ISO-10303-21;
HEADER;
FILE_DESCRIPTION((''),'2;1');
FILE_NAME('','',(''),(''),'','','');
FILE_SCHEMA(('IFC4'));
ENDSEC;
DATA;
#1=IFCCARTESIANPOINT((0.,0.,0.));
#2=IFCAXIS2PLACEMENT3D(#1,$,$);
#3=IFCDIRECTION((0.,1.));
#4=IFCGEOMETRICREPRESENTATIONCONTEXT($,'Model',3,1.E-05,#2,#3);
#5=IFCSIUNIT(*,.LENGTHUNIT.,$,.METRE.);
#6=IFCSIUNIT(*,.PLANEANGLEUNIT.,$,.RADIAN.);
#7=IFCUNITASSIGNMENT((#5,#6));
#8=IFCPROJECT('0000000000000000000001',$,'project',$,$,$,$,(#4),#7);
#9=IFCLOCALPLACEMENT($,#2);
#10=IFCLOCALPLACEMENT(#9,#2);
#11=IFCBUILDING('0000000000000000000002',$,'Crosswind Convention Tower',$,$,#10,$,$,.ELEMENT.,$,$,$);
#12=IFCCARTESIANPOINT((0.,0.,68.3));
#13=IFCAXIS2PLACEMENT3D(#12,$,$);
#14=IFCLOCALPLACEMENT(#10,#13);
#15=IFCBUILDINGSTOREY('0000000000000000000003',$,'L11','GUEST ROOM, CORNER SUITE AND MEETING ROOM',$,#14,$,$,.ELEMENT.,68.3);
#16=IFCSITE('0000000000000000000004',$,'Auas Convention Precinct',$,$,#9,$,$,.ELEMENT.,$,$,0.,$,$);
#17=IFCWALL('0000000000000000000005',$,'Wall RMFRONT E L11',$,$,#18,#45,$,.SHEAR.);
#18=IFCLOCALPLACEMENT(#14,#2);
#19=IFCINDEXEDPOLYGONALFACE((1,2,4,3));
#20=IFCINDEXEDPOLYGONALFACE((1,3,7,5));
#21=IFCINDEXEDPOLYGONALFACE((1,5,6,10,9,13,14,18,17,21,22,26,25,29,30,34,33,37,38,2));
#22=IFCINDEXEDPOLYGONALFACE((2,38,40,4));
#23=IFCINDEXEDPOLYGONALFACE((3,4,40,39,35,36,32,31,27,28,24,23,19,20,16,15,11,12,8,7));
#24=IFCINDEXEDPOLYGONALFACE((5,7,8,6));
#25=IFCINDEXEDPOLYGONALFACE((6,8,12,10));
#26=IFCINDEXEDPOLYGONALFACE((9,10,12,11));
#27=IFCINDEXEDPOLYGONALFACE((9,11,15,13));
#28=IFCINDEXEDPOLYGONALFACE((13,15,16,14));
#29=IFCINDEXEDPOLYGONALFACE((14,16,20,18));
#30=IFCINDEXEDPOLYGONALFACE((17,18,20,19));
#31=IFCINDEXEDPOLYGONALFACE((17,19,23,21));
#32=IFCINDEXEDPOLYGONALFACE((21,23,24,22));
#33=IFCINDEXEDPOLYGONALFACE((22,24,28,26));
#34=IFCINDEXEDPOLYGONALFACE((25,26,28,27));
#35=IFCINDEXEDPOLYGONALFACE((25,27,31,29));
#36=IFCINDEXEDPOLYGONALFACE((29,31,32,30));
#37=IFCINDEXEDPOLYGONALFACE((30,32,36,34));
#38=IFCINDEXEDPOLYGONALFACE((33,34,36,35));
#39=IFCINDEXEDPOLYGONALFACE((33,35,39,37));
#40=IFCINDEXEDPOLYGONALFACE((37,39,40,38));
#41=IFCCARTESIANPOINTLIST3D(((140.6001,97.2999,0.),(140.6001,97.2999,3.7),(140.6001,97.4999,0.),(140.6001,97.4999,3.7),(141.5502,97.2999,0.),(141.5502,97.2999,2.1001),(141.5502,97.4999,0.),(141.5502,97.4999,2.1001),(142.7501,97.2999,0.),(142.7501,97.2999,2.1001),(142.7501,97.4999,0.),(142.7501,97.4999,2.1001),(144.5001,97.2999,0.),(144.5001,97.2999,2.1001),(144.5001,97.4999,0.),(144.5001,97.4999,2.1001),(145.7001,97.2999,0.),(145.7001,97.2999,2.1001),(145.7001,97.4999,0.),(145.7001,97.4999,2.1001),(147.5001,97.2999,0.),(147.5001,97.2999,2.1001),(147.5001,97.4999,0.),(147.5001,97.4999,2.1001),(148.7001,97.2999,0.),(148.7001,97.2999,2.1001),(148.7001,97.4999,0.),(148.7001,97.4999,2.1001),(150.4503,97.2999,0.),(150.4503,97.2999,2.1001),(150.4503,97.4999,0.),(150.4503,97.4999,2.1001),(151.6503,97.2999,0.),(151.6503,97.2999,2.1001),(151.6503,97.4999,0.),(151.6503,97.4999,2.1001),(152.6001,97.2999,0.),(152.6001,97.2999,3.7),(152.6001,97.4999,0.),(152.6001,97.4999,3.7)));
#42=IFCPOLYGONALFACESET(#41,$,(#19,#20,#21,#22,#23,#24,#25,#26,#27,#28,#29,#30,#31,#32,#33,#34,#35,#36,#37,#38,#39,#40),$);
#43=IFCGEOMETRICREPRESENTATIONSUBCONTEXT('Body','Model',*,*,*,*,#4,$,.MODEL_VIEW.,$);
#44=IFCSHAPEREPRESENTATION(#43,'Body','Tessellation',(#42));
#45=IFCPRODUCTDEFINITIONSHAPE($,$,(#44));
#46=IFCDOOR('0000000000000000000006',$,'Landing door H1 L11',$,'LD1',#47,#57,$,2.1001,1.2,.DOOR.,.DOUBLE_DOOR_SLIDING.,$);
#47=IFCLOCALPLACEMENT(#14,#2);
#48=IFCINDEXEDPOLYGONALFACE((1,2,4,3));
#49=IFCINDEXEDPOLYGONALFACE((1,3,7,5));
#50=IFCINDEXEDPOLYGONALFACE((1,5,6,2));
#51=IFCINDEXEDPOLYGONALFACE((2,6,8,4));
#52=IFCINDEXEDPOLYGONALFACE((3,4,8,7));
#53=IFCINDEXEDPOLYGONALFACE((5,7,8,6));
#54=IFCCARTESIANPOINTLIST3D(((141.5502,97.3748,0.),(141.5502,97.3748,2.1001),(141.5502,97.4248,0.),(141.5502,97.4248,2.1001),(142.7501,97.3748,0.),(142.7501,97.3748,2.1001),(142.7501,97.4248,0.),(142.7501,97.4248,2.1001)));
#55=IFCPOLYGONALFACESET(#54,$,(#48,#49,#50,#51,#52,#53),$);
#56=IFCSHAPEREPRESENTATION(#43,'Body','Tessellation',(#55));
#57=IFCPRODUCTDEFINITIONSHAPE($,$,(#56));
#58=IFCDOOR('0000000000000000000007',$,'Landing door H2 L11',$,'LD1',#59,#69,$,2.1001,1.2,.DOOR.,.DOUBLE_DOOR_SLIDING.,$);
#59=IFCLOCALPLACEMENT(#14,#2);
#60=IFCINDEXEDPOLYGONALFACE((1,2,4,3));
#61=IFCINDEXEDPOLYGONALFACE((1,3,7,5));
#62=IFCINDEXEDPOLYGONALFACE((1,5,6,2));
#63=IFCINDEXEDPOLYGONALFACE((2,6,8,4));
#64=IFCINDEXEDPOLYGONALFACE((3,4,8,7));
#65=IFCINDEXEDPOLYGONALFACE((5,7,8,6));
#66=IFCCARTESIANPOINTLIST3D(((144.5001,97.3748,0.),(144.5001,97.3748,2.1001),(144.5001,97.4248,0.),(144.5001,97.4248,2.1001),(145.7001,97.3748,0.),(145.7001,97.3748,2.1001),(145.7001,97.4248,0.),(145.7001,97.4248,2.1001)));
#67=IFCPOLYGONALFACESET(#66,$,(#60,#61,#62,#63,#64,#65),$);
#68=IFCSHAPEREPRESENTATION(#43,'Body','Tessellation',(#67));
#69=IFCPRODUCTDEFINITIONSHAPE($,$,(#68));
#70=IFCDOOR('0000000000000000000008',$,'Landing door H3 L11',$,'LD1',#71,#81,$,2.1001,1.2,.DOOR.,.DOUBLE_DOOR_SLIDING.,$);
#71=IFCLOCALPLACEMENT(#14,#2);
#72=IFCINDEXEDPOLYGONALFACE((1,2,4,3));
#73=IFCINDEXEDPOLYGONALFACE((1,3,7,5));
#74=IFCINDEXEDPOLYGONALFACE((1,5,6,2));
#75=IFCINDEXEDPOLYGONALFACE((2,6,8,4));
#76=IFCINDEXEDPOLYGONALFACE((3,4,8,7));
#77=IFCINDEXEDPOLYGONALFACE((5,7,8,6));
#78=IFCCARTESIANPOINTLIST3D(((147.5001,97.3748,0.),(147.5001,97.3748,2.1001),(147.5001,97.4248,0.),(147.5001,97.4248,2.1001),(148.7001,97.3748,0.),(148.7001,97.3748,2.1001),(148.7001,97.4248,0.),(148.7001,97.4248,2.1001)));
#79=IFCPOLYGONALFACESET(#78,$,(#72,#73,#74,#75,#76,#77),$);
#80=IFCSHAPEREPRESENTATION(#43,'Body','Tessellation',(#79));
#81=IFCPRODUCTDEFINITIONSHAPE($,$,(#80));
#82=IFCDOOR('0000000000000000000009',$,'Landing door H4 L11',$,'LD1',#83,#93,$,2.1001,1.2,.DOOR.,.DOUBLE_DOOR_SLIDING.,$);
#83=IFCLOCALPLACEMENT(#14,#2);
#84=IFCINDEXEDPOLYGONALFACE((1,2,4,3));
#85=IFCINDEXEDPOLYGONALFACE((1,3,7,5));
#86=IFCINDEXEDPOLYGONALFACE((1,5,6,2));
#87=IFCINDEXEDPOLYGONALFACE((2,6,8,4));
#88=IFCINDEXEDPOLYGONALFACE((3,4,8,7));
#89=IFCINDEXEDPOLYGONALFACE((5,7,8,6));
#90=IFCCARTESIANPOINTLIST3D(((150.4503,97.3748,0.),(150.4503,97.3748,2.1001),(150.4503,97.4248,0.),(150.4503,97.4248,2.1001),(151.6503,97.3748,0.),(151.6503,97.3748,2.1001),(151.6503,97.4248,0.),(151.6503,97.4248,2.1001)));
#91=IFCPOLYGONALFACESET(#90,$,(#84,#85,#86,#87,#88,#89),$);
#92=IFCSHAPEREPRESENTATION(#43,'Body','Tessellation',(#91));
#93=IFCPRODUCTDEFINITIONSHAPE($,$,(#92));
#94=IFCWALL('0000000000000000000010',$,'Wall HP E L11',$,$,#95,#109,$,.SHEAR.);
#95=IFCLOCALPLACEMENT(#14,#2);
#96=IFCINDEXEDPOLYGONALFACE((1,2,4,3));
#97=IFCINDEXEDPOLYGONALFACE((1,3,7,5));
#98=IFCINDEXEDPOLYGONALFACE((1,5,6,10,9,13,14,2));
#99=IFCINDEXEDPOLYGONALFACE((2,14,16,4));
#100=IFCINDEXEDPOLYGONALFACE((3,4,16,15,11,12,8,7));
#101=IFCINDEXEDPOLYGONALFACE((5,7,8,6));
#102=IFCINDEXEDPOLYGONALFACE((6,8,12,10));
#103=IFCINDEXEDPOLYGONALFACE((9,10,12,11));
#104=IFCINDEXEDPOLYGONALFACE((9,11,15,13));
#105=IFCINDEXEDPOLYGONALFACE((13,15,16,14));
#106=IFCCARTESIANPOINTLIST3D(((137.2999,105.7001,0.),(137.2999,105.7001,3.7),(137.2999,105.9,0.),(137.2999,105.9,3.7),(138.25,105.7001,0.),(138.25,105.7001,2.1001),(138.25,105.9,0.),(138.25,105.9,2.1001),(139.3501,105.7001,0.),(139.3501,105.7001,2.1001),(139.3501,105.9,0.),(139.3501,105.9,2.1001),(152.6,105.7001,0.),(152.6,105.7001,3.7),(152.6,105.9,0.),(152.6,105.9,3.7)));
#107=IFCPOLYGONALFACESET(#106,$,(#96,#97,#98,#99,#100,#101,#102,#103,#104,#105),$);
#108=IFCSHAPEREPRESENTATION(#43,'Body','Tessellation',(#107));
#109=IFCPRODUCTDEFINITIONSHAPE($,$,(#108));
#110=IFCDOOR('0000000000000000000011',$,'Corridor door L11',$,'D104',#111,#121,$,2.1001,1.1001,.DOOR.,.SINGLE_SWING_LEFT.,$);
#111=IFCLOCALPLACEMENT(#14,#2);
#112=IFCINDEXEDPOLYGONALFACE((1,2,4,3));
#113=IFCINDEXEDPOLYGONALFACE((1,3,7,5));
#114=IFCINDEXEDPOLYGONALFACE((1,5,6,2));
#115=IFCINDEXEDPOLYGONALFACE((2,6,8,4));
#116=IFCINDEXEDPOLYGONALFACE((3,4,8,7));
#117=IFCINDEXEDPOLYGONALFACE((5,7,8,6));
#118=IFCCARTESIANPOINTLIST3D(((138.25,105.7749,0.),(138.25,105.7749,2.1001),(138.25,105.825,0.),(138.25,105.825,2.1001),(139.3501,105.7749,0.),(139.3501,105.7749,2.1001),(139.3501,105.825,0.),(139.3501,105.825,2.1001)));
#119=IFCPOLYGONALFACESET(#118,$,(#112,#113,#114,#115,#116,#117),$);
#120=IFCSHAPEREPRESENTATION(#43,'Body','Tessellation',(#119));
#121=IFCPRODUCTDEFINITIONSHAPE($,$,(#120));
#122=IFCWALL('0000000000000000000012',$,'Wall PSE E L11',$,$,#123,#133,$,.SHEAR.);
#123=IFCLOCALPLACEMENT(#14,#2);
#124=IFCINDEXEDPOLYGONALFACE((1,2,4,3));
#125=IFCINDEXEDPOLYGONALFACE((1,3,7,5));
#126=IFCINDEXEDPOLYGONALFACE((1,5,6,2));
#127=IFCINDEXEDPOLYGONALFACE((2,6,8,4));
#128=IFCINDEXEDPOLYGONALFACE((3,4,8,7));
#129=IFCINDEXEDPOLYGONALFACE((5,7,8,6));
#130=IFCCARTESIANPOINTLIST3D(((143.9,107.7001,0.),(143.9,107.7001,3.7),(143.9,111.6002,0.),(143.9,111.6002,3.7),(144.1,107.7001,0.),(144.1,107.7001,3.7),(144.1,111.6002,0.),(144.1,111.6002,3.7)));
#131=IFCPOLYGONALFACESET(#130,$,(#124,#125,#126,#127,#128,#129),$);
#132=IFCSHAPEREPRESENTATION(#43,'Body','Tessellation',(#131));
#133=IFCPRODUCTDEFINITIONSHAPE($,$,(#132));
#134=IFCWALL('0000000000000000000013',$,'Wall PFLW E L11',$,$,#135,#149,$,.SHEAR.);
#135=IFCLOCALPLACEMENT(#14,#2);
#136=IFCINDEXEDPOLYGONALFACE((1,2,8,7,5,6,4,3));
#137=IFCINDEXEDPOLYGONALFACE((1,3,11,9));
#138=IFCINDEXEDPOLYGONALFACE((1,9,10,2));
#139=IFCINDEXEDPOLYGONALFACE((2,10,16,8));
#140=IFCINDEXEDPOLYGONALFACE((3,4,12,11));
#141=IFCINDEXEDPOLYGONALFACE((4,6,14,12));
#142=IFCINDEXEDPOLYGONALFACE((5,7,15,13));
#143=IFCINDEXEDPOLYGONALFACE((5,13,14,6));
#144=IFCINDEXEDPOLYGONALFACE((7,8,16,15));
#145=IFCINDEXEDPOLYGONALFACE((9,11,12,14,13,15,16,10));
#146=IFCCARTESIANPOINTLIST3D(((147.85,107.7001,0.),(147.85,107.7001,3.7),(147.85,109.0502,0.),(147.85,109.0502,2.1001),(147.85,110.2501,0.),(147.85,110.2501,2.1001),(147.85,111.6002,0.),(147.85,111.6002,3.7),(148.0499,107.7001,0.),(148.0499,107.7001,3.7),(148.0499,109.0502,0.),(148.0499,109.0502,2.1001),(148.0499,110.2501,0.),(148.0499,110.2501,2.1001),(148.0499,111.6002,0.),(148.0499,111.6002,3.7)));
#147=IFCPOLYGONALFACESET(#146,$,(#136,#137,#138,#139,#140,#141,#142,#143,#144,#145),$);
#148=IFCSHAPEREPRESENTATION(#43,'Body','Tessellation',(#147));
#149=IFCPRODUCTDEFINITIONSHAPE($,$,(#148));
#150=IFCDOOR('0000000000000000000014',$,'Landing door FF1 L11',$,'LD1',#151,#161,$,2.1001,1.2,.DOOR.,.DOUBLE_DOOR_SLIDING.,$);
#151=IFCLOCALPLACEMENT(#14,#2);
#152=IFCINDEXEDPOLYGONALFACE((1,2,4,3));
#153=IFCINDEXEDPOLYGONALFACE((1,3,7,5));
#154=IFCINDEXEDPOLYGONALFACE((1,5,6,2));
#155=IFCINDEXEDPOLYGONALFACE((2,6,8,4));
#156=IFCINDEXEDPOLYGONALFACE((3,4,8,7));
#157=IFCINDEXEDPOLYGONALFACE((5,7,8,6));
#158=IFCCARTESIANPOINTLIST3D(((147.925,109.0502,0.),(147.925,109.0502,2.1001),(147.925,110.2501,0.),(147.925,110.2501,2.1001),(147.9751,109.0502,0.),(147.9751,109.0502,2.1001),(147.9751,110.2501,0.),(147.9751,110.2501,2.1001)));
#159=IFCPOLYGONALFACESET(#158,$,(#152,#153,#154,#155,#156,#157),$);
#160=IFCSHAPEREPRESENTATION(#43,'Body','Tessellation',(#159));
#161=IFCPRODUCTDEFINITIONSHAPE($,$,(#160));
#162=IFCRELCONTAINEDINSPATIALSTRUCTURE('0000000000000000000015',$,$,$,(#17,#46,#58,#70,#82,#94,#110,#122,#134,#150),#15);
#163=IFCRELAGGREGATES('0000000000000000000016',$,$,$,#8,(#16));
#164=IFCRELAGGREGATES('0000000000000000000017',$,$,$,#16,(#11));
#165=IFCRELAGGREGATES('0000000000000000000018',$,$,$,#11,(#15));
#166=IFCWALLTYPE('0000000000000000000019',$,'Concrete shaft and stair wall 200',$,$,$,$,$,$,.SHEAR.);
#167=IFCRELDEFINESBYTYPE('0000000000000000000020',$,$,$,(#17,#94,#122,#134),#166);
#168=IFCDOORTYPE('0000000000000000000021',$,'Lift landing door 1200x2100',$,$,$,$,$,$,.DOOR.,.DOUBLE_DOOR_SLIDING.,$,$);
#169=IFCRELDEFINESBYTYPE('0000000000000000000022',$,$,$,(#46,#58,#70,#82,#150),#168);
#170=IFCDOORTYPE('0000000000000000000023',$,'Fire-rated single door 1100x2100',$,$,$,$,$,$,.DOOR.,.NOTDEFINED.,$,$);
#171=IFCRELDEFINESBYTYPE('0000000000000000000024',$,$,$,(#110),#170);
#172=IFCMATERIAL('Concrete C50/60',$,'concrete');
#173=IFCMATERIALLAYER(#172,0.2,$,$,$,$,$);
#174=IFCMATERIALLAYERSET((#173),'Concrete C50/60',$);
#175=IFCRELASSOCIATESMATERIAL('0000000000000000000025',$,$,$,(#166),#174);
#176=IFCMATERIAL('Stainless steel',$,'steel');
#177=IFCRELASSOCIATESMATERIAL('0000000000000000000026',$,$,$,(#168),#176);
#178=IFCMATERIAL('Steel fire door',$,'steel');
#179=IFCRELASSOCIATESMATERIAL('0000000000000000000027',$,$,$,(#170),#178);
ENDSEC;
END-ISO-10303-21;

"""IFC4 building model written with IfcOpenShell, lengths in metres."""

from ifc_helpers import new_model, si_unit, direction, frame, frame_2d, origin, place, context, subcontext, project, spatial, rectangle, extrude, material, layer, layer_set, type_object, element, fill, save


model = new_model("IFC4")

# Units and contexts
model_context = context("Model", 3, precision=1e-05, world=origin(), true_north=direction((0.0, 1.0)))
body_context = subcontext(model_context, "Body", "Model", "MODEL_VIEW")
ifc_project = project(units=[si_unit("LENGTHUNIT", "METRE"), si_unit("PLANEANGLEUNIT", "RADIAN")], contexts=[model_context])

# Site, building, storey
site_placement = place(None, origin())
site = spatial("IfcSite", under=ifc_project, at=site_placement, Name="Auas Convention Precinct", CompositionType="ELEMENT", RefElevation=0.0)
building_placement = place(site_placement, origin())
building = spatial("IfcBuilding", under=site, at=building_placement, Name="Crosswind Convention Tower", CompositionType="ELEMENT")
storey_placement = place(building_placement, frame((0.0, 0.0, 68.3)))
storey = spatial("IfcBuildingStorey", under=building, at=storey_placement, Name="L11", Description="GUEST ROOM, CORNER SUITE AND MEETING ROOM", CompositionType="ELEMENT", Elevation=68.3)

# Shared definitions
ifc_material_1 = material(Name="Concrete C50/60", Category="concrete")
ifc_layer_1 = layer(ifc_material_1, 0.2)
ifc_layer_set_1 = layer_set([ifc_layer_1], Name="Concrete C50/60")
wall_type_1 = type_object("IfcWallType", Name="Concrete shaft and stair wall 200", PredefinedType="SHEAR", material=ifc_layer_set_1)

# Wall, openings, doors
wall_1_placement = place(storey_placement, frame((140.6001, 97.3999, 0.0), z_axis=(0.0, 0.0, 1.0), x_axis=(1.0, 0.0, 0.0)))
wall_1 = element("IfcWall", 1, at=wall_1_placement, inside=storey, type_object=wall_type_1, Name="Wall RMFRONT E L11", PredefinedType="SHEAR", context=body_context, shape_type="SweptSolid", body=[
    extrude(rectangle(XDim=12.0, YDim=0.2, at=frame_2d((6.0, 0.0))), origin(), (0.0, 0.0, 1.0), 3.7),
])
opening_1_placement = place(wall_1_placement, frame((0.95, 0.0, 0.0)))
opening_1 = element("IfcOpeningElement", 2, at=opening_1_placement, cuts=wall_1, PredefinedType="OPENING", context=body_context, shape_type="SweptSolid", body=[
    extrude(rectangle(XDim=1.2, YDim=2.1001, at=frame_2d((0.6001, 1.05))), frame((0.0, 0.1099, 0.0), z_axis=(0.0, -1.0, 0.0), x_axis=(1.0, 0.0, 0.0)), (0.0, 0.0, 1.0), 0.22),
])
opening_2_placement = place(wall_1_placement, frame((3.8999, 0.0, 0.0)))
opening_2 = element("IfcOpeningElement", 3, at=opening_2_placement, cuts=wall_1, PredefinedType="OPENING", context=body_context, shape_type="SweptSolid", body=[
    extrude(rectangle(XDim=1.2, YDim=2.1001, at=frame_2d((0.6001, 1.05))), frame((0.0, 0.1099, 0.0), z_axis=(0.0, -1.0, 0.0), x_axis=(1.0, 0.0, 0.0)), (0.0, 0.0, 1.0), 0.22),
])
opening_3_placement = place(wall_1_placement, frame((6.8999, 0.0, 0.0)))
opening_3 = element("IfcOpeningElement", 4, at=opening_3_placement, cuts=wall_1, PredefinedType="OPENING", context=body_context, shape_type="SweptSolid", body=[
    extrude(rectangle(XDim=1.2, YDim=2.1001, at=frame_2d((0.6001, 1.05))), frame((0.0, 0.1099, 0.0), z_axis=(0.0, -1.0, 0.0), x_axis=(1.0, 0.0, 0.0)), (0.0, 0.0, 1.0), 0.22),
])
opening_4_placement = place(wall_1_placement, frame((9.8501, 0.0, 0.0)))
opening_4 = element("IfcOpeningElement", 5, at=opening_4_placement, cuts=wall_1, PredefinedType="OPENING", context=body_context, shape_type="SweptSolid", body=[
    extrude(rectangle(XDim=1.2, YDim=2.1001, at=frame_2d((0.6001, 1.05))), frame((0.0, 0.1099, 0.0), z_axis=(0.0, -1.0, 0.0), x_axis=(1.0, 0.0, 0.0)), (0.0, 0.0, 1.0), 0.22),
])
ifc_material_2 = material(Name="Stainless steel", Category="steel")
door_type_1 = type_object("IfcDoorType", Name="Lift landing door 1200x2100", OperationType="DOUBLE_DOOR_SLIDING", PredefinedType="DOOR", material=ifc_material_2)
door_1_placement = place(opening_1_placement, origin())
door_1 = element("IfcDoor", 6, at=door_1_placement, inside=storey, type_object=door_type_1, Name="Landing door H1 L11", ObjectType="LD1", OperationType="DOUBLE_DOOR_SLIDING", OverallHeight=2.1001, OverallWidth=1.2, PredefinedType="DOOR", context=body_context, shape_type="SweptSolid", body=[
    extrude(rectangle(XDim=1.2, YDim=2.1001, at=frame_2d((0.6001, 1.05))), frame((0.0, 0.0249, 0.0), z_axis=(0.0, -1.0, 0.0), x_axis=(1.0, 0.0, 0.0)), (0.0, 0.0, 1.0), 0.05),
])
fill(opening_1, door_1)
door_2_placement = place(opening_2_placement, origin())
door_2 = element("IfcDoor", 7, at=door_2_placement, inside=storey, type_object=door_type_1, Name="Landing door H2 L11", ObjectType="LD1", OperationType="DOUBLE_DOOR_SLIDING", OverallHeight=2.1001, OverallWidth=1.2, PredefinedType="DOOR", context=body_context, shape_type="SweptSolid", body=[
    extrude(rectangle(XDim=1.2, YDim=2.1001, at=frame_2d((0.6001, 1.05))), frame((0.0, 0.0249, 0.0), z_axis=(0.0, -1.0, 0.0), x_axis=(1.0, 0.0, 0.0)), (0.0, 0.0, 1.0), 0.05),
])
fill(opening_2, door_2)
door_3_placement = place(opening_3_placement, origin())
door_3 = element("IfcDoor", 8, at=door_3_placement, inside=storey, type_object=door_type_1, Name="Landing door H3 L11", ObjectType="LD1", OperationType="DOUBLE_DOOR_SLIDING", OverallHeight=2.1001, OverallWidth=1.2, PredefinedType="DOOR", context=body_context, shape_type="SweptSolid", body=[
    extrude(rectangle(XDim=1.2, YDim=2.1001, at=frame_2d((0.6001, 1.05))), frame((0.0, 0.0249, 0.0), z_axis=(0.0, -1.0, 0.0), x_axis=(1.0, 0.0, 0.0)), (0.0, 0.0, 1.0), 0.05),
])
fill(opening_3, door_3)
door_4_placement = place(opening_4_placement, origin())
door_4 = element("IfcDoor", 9, at=door_4_placement, inside=storey, type_object=door_type_1, Name="Landing door H4 L11", ObjectType="LD1", OperationType="DOUBLE_DOOR_SLIDING", OverallHeight=2.1001, OverallWidth=1.2, PredefinedType="DOOR", context=body_context, shape_type="SweptSolid", body=[
    extrude(rectangle(XDim=1.2, YDim=2.1001, at=frame_2d((0.6001, 1.05))), frame((0.0, 0.0249, 0.0), z_axis=(0.0, -1.0, 0.0), x_axis=(1.0, 0.0, 0.0)), (0.0, 0.0, 1.0), 0.05),
])
fill(opening_4, door_4)

# Wall, opening, door
wall_2_placement = place(storey_placement, frame((137.3, 105.8, 0.0), z_axis=(0.0, 0.0, 1.0), x_axis=(1.0, 0.0, 0.0)))
wall_2 = element("IfcWall", 10, at=wall_2_placement, inside=storey, type_object=wall_type_1, Name="Wall HP E L11", PredefinedType="SHEAR", context=body_context, shape_type="SweptSolid", body=[
    extrude(rectangle(XDim=15.3, YDim=0.2, at=frame_2d((7.6499, 0.0))), origin(), (0.0, 0.0, 1.0), 3.7),
])
opening_5_placement = place(wall_2_placement, frame((0.95, 0.0, 0.0)))
opening_5 = element("IfcOpeningElement", 11, at=opening_5_placement, cuts=wall_2, PredefinedType="OPENING", context=body_context, shape_type="SweptSolid", body=[
    extrude(rectangle(XDim=1.1001, YDim=2.1001, at=frame_2d((0.55, 1.05))), frame((0.0, 0.1099, 0.0), z_axis=(0.0, -1.0, 0.0), x_axis=(1.0, 0.0, 0.0)), (0.0, 0.0, 1.0), 0.22),
])
ifc_material_3 = material(Name="Steel fire door", Category="steel")
door_type_2 = type_object("IfcDoorType", Name="Fire-rated single door 1100x2100", OperationType="NOTDEFINED", PredefinedType="DOOR", material=ifc_material_3)
door_5_placement = place(opening_5_placement, origin())
door_5 = element("IfcDoor", 12, at=door_5_placement, inside=storey, type_object=door_type_2, Name="Corridor door L11", ObjectType="D104", OperationType="SINGLE_SWING_LEFT", OverallHeight=2.1001, OverallWidth=1.1001, PredefinedType="DOOR", context=body_context, shape_type="SweptSolid", body=[
    extrude(rectangle(XDim=1.1001, YDim=2.1001, at=frame_2d((0.55, 1.05))), frame((0.0, 0.0249, 0.0), z_axis=(0.0, -1.0, 0.0), x_axis=(1.0, 0.0, 0.0)), (0.0, 0.0, 1.0), 0.05),
])
fill(opening_5, door_5)

# Wall
wall_3_placement = place(storey_placement, frame((144.0, 107.7, 0.0), z_axis=(0.0, 0.0, 1.0), x_axis=(0.0, 1.0, 0.0)))
element("IfcWall", 13, at=wall_3_placement, inside=storey, type_object=wall_type_1, Name="Wall PSE E L11", PredefinedType="SHEAR", context=body_context, shape_type="SweptSolid", body=[
    extrude(rectangle(XDim=3.9001, YDim=0.2, at=frame_2d((1.9502, 0.0))), origin(), (0.0, 0.0, 1.0), 3.7),
])

# Wall, opening, door
wall_4_placement = place(storey_placement, frame((147.95, 107.7, 0.0), z_axis=(0.0, 0.0, 1.0), x_axis=(0.0, 1.0, 0.0)))
wall_4 = element("IfcWall", 14, at=wall_4_placement, inside=storey, type_object=wall_type_1, Name="Wall PFLW E L11", PredefinedType="SHEAR", context=body_context, shape_type="SweptSolid", body=[
    extrude(rectangle(XDim=3.9001, YDim=0.2, at=frame_2d((1.9502, 0.0))), origin(), (0.0, 0.0, 1.0), 3.7),
])
opening_6_placement = place(wall_4_placement, frame((1.3501, 0.0, 0.0)))
opening_6 = element("IfcOpeningElement", 15, at=opening_6_placement, cuts=wall_4, PredefinedType="OPENING", context=body_context, shape_type="SweptSolid", body=[
    extrude(rectangle(XDim=1.2, YDim=2.1001, at=frame_2d((0.6001, 1.05))), frame((0.0, 0.1099, 0.0), z_axis=(0.0, -1.0, 0.0), x_axis=(1.0, 0.0, 0.0)), (0.0, 0.0, 1.0), 0.22),
])
door_6_placement = place(opening_6_placement, origin())
door_6 = element("IfcDoor", 16, at=door_6_placement, inside=storey, type_object=door_type_1, Name="Landing door FF1 L11", ObjectType="LD1", OperationType="DOUBLE_DOOR_SLIDING", OverallHeight=2.1001, OverallWidth=1.2, PredefinedType="DOOR", context=body_context, shape_type="SweptSolid", body=[
    extrude(rectangle(XDim=1.2, YDim=2.1001, at=frame_2d((0.6001, 1.05))), frame((0.0, 0.0249, 0.0), z_axis=(0.0, -1.0, 0.0), x_axis=(1.0, 0.0, 0.0)), (0.0, 0.0, 1.0), 0.05),
])
fill(opening_6, door_6)

save(model, "model.ifc")
